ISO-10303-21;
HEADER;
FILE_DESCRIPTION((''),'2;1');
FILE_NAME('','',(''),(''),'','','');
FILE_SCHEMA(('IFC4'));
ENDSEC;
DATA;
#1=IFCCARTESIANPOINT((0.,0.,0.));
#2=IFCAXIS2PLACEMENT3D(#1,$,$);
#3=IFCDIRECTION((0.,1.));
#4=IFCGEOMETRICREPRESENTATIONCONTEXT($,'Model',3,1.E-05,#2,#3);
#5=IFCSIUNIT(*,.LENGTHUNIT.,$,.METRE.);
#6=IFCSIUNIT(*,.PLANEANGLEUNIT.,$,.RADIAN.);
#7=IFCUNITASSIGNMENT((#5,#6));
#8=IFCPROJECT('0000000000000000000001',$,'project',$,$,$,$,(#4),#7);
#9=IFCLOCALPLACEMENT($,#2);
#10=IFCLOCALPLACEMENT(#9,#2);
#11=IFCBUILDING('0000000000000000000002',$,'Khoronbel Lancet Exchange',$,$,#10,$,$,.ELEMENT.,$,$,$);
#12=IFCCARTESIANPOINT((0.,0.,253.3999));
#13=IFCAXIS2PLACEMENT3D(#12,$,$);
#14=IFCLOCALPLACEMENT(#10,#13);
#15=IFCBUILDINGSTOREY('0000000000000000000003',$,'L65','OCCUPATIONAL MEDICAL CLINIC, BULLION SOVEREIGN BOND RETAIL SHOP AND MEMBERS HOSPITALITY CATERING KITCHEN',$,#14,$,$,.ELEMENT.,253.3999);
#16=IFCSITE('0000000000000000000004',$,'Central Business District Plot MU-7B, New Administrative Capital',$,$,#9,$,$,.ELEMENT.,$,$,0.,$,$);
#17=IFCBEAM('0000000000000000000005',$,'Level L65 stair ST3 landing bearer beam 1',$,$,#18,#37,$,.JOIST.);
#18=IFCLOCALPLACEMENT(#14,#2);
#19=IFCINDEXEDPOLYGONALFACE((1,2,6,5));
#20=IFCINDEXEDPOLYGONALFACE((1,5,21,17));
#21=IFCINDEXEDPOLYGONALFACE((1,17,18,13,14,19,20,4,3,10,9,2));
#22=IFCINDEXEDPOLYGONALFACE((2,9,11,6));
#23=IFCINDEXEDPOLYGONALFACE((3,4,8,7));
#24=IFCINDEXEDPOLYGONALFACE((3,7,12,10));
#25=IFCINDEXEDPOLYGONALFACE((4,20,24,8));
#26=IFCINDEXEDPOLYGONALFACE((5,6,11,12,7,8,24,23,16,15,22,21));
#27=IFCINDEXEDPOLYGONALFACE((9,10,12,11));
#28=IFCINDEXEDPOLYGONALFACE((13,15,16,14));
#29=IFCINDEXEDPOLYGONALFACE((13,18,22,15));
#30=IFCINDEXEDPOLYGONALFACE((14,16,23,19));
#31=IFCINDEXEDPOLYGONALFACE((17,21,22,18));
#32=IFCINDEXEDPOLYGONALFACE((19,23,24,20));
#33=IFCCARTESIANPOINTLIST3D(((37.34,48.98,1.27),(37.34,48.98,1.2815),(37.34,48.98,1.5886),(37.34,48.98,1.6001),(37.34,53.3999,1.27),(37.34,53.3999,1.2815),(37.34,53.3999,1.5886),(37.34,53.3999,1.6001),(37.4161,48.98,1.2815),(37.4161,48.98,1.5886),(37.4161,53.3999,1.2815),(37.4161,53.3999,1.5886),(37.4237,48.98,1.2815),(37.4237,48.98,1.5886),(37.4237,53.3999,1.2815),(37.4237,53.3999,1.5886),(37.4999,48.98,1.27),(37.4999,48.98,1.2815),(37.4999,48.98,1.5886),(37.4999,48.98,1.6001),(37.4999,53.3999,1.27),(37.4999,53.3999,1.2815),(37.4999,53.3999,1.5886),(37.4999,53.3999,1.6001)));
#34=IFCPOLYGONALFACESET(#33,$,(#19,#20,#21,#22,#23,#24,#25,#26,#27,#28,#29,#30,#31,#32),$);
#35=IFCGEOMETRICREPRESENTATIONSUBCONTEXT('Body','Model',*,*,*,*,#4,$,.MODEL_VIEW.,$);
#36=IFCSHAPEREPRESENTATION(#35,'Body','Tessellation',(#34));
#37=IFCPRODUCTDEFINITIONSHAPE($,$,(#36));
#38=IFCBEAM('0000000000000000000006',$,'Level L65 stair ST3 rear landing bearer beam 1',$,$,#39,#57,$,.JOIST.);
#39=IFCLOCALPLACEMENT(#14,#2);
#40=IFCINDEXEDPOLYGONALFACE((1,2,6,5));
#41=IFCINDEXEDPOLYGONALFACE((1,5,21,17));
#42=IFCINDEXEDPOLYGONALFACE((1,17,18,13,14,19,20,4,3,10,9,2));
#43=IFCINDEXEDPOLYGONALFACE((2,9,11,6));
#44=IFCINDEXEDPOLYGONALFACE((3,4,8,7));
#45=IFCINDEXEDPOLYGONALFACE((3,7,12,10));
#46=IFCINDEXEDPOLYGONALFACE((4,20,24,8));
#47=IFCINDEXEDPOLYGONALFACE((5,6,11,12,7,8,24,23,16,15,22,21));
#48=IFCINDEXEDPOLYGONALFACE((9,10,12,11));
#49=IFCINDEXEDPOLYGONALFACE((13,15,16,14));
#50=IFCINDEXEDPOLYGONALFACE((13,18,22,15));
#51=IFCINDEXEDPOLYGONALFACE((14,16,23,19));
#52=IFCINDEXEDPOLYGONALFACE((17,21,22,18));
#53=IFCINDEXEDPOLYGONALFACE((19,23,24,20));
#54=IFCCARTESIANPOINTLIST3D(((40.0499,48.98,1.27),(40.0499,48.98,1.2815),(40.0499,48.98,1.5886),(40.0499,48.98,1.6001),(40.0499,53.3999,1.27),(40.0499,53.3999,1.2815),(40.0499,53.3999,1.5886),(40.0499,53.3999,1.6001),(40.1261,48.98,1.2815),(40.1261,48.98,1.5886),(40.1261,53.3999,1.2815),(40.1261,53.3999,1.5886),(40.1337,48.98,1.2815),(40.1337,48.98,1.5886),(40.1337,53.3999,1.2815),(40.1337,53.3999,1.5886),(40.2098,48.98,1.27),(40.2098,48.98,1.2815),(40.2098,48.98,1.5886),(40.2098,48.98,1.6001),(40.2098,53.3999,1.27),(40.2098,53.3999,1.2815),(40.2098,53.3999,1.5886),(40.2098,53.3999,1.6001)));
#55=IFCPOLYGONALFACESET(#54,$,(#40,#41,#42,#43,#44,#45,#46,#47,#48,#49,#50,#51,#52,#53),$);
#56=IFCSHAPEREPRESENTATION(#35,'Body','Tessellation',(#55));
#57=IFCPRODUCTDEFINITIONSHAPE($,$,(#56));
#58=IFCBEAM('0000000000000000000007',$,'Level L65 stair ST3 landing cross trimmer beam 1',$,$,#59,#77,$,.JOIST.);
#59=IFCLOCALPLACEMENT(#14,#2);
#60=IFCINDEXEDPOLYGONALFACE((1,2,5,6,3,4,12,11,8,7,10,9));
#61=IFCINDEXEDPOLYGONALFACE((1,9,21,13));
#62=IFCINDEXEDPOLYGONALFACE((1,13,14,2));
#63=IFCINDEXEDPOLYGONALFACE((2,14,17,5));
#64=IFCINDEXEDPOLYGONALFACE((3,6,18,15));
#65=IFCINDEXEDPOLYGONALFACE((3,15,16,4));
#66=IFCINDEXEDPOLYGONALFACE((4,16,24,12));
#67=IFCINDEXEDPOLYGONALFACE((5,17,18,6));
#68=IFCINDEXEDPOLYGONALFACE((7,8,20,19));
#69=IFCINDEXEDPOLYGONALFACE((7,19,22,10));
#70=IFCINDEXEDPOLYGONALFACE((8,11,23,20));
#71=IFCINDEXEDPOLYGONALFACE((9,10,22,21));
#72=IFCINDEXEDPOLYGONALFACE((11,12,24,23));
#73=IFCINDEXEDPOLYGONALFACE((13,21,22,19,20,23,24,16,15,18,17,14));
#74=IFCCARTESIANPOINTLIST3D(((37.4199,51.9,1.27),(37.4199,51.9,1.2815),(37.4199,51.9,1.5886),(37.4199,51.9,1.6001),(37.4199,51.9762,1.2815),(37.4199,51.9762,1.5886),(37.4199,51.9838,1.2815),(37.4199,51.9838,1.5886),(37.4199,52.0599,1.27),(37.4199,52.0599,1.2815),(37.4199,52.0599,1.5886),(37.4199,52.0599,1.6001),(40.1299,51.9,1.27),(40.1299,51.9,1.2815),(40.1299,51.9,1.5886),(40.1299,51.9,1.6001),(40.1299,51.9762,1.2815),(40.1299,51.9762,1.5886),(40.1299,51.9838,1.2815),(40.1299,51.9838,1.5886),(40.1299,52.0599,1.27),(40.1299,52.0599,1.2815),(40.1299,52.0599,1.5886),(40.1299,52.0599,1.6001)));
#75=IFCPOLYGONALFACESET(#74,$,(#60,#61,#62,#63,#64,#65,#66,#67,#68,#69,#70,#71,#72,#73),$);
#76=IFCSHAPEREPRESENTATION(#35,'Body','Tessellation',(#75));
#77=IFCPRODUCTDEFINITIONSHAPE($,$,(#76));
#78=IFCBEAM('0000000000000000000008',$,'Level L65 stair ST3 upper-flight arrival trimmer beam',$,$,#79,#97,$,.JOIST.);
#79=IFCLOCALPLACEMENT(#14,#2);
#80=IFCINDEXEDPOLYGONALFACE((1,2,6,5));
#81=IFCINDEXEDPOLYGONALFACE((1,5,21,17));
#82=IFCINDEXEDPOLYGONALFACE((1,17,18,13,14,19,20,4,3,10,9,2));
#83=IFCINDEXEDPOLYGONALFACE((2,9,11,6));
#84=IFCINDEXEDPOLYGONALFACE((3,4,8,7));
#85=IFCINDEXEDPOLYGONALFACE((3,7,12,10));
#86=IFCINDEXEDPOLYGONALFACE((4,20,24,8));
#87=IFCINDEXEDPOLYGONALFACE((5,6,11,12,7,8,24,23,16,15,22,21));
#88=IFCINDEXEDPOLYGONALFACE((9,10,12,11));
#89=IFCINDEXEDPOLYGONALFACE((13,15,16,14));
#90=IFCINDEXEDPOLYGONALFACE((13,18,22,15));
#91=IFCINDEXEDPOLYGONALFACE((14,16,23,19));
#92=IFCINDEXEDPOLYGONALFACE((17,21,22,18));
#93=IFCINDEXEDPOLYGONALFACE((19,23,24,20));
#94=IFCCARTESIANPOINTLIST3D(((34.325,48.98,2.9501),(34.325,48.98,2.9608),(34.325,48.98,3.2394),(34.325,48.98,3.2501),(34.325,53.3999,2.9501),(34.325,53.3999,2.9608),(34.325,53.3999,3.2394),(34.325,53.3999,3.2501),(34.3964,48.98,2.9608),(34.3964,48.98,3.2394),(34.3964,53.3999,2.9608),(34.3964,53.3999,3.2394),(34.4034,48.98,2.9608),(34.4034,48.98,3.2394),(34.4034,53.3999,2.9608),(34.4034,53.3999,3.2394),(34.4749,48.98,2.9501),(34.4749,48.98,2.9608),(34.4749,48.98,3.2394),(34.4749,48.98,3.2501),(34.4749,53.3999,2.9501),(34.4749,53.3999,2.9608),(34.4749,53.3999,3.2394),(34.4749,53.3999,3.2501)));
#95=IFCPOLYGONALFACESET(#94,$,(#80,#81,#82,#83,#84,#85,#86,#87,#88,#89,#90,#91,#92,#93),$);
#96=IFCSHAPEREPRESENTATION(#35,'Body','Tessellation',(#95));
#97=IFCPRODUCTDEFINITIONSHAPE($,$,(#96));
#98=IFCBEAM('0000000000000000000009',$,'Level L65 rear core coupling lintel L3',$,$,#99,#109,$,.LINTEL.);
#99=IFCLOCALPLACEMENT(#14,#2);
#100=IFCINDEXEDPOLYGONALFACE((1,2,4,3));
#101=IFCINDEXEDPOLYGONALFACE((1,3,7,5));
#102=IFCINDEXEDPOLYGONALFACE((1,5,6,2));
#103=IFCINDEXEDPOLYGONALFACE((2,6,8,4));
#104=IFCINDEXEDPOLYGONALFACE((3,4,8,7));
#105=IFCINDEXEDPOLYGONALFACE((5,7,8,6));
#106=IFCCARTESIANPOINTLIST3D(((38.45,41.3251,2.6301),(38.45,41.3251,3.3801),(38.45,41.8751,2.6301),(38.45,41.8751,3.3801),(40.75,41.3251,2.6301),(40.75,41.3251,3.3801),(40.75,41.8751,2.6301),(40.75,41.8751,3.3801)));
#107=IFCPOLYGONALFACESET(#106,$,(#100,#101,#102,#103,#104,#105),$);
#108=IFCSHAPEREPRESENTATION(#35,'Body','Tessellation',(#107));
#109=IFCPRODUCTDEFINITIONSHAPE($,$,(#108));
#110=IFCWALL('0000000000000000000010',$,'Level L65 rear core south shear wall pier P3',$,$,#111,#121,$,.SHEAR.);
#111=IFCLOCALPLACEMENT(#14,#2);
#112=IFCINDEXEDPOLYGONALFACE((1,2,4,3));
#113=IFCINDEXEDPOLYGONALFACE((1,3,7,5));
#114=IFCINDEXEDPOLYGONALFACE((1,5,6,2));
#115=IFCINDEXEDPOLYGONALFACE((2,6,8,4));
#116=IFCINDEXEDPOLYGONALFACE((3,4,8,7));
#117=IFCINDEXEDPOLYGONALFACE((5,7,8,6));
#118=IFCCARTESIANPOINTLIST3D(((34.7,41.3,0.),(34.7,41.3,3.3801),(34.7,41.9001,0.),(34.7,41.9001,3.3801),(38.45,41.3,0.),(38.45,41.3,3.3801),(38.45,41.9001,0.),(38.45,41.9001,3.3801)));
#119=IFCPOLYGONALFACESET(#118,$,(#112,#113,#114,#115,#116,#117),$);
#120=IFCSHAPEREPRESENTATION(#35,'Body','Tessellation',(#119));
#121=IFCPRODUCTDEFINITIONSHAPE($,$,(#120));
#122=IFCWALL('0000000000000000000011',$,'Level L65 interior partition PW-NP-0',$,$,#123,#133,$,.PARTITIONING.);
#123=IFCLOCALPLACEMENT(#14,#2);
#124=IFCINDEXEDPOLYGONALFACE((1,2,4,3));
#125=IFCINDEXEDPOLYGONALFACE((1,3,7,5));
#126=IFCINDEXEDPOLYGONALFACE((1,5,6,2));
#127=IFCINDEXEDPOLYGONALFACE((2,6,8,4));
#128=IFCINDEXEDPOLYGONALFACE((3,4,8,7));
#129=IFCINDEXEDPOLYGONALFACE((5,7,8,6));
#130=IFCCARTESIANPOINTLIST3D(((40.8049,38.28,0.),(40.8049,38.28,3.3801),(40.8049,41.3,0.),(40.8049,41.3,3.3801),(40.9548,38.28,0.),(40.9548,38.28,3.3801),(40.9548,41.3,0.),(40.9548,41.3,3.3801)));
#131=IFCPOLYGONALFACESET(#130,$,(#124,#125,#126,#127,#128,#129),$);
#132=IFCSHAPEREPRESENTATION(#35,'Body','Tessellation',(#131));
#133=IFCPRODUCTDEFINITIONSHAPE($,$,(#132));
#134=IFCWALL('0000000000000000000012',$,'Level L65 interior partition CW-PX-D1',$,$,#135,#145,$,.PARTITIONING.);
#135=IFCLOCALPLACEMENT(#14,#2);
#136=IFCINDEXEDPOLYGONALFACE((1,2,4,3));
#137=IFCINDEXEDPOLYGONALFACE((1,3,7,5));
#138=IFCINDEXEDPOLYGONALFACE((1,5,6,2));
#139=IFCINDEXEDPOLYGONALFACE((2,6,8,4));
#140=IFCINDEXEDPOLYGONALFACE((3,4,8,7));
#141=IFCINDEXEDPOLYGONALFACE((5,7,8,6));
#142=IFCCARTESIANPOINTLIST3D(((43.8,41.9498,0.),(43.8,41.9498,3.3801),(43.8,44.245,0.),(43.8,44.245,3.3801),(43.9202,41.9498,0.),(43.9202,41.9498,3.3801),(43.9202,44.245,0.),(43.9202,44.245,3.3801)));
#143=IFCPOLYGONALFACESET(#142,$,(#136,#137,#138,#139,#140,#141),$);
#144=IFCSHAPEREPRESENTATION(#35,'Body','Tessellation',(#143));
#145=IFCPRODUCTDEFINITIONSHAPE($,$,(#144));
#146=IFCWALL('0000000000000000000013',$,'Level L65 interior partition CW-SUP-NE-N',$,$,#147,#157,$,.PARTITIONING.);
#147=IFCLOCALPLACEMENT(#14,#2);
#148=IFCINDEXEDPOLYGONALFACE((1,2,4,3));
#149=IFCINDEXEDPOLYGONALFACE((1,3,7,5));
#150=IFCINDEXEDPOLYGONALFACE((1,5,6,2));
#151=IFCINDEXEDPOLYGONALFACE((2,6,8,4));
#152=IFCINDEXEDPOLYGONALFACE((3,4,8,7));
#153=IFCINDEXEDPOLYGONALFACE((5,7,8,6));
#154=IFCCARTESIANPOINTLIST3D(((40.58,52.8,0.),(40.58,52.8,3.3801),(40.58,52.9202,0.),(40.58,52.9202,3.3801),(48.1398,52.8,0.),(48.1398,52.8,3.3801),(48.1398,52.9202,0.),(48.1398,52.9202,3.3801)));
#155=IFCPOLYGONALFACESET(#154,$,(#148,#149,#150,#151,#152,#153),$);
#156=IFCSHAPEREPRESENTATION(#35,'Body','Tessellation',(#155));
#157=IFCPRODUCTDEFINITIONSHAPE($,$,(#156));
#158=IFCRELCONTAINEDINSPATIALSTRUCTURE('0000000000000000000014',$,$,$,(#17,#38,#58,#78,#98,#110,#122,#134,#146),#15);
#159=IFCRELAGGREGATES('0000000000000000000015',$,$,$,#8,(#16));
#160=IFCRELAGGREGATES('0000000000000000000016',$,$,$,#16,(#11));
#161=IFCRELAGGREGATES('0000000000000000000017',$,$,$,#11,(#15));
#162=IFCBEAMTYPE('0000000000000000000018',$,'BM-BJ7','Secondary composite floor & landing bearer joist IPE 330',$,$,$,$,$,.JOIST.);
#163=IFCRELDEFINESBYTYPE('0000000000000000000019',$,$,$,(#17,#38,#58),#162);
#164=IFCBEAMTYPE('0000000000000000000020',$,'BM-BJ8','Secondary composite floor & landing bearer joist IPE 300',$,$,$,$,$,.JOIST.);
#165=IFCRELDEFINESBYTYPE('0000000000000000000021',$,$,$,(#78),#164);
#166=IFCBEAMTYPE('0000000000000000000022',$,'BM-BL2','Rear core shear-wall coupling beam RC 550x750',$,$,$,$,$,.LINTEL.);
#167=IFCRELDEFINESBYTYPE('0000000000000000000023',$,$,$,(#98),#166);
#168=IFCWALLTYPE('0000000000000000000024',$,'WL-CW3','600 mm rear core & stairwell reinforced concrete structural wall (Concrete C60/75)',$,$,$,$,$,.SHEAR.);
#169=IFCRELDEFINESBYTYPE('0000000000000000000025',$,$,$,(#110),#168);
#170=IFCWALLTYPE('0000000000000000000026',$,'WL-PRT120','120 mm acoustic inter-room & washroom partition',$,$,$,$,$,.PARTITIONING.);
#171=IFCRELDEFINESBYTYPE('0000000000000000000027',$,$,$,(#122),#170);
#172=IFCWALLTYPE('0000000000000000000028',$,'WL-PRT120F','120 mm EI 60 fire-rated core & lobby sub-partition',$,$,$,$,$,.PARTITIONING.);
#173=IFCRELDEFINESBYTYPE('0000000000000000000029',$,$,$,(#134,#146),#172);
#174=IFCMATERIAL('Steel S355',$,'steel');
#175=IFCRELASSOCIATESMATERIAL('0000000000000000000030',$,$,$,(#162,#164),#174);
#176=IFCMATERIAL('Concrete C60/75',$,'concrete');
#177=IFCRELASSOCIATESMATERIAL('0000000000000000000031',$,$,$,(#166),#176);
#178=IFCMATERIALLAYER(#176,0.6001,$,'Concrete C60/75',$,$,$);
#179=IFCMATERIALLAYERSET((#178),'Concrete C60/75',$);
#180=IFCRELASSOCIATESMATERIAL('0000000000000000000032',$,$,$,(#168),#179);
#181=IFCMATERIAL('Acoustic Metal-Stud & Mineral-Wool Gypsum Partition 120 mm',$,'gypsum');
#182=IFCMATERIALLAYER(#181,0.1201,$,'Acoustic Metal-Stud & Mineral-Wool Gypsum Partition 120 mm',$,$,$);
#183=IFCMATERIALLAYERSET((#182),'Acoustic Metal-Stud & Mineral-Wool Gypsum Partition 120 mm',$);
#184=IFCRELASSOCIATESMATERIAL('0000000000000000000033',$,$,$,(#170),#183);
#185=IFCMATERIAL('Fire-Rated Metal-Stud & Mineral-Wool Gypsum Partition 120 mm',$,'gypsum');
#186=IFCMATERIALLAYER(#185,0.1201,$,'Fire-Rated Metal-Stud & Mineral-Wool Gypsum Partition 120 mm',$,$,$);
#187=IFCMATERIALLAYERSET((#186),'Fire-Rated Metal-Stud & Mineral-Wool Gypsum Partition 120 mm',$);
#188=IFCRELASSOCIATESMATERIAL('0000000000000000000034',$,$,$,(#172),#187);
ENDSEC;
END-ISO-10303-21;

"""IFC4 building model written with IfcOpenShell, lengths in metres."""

from ifc_helpers import new_model, si_unit, direction, frame, frame_2d, origin, origin_2d, place, context, subcontext, project, spatial, rectangle, i_section, extrude, material, layer, layer_set, material_profile, profile_set, type_object, element, save


model = new_model("IFC4")

# Units and contexts
model_context = context("Model", 3, precision=1e-05, world=origin(), true_north=direction((0.0, 1.0)))
body_context = subcontext(model_context, "Body", "Model", "MODEL_VIEW")
ifc_project = project(units=[si_unit("LENGTHUNIT", "METRE"), si_unit("PLANEANGLEUNIT", "RADIAN")], contexts=[model_context])

# Site, building, storey
site_placement = place(None, origin())
site = spatial("IfcSite", under=ifc_project, at=site_placement, Name="Central Business District Plot MU-7B, New Administrative Capital", CompositionType="ELEMENT", RefElevation=0.0)
building_placement = place(site_placement, origin())
building = spatial("IfcBuilding", under=site, at=building_placement, Name="Khoronbel Lancet Exchange", CompositionType="ELEMENT")
storey_placement = place(building_placement, frame((0.0, 0.0, 253.3999)))
storey = spatial("IfcBuildingStorey", under=building, at=storey_placement, Name="L65", Description="OCCUPATIONAL MEDICAL CLINIC, BULLION SOVEREIGN BOND RETAIL SHOP AND MEMBERS HOSPITALITY CATERING KITCHEN", CompositionType="ELEMENT", Elevation=253.3999)

# Beams
ifc_material_1 = material(Name="Steel S355", Category="steel")
ifc_material_profile_1 = material_profile(ifc_material_1, i_section(OverallWidth=0.1599, OverallDepth=0.3301, WebThickness=0.0076, FlangeThickness=0.0115, at=origin_2d()), Name="IPE 330")
ifc_profile_set_1 = profile_set([ifc_material_profile_1], Name="Steel S355")
beam_type_1 = type_object("IfcBeamType", Name="BM-BJ7", Description="Secondary composite floor & landing bearer joist IPE 330", PredefinedType="JOIST", material=ifc_profile_set_1)
for number, where, z_axis, x_axis, name in (
    (1, (37.4199, 48.98, 1.4351), (0.0, 1.0, 0.0), (-1.0, 0.0, 0.0), "Level L65 stair ST3 landing bearer beam 1"),
    (2, (40.1299, 48.98, 1.4351), (0.0, 1.0, 0.0), (-1.0, 0.0, 0.0), "Level L65 stair ST3 rear landing bearer beam 1"),
):
    element("IfcBeam", number, at=place(storey_placement, frame(where, z_axis=z_axis, x_axis=x_axis)), inside=storey, type_object=beam_type_1, Name=name, PredefinedType="JOIST", context=body_context, shape_type="SweptSolid", body=[
        extrude(i_section(OverallWidth=0.1599, OverallDepth=0.3301, WebThickness=0.0076, FlangeThickness=0.0115, at=origin_2d()), origin(), (0.0, 0.0, 1.0), 4.4199),
    ])
beam_1_placement = place(storey_placement, frame((37.4199, 51.98, 1.4351), z_axis=(1.0, 0.0, 0.0), x_axis=(0.0, 1.0, 0.0)))
element("IfcBeam", 3, at=beam_1_placement, inside=storey, type_object=beam_type_1, Name="Level L65 stair ST3 landing cross trimmer beam 1", PredefinedType="JOIST", context=body_context, shape_type="SweptSolid", body=[
    extrude(i_section(OverallWidth=0.1599, OverallDepth=0.3301, WebThickness=0.0076, FlangeThickness=0.0115, at=origin_2d()), origin(), (0.0, 0.0, 1.0), 2.71),
])
ifc_material_profile_2 = material_profile(ifc_material_1, i_section(OverallWidth=0.1499, OverallDepth=0.3, WebThickness=0.0071, FlangeThickness=0.0107, at=origin_2d()), Name="IPE 300")
ifc_profile_set_2 = profile_set([ifc_material_profile_2], Name="Steel S355")
beam_type_2 = type_object("IfcBeamType", Name="BM-BJ8", Description="Secondary composite floor & landing bearer joist IPE 300", PredefinedType="JOIST", material=ifc_profile_set_2)
beam_2_placement = place(storey_placement, frame((34.3999, 48.98, 3.1001), z_axis=(0.0, 1.0, 0.0), x_axis=(-1.0, 0.0, 0.0)))
element("IfcBeam", 4, at=beam_2_placement, inside=storey, type_object=beam_type_2, Name="Level L65 stair ST3 upper-flight arrival trimmer beam", PredefinedType="JOIST", context=body_context, shape_type="SweptSolid", body=[
    extrude(i_section(OverallWidth=0.1499, OverallDepth=0.3, WebThickness=0.0071, FlangeThickness=0.0107, at=origin_2d()), origin(), (0.0, 0.0, 1.0), 4.4199),
])
ifc_material_2 = material(Name="Concrete C60/75", Category="concrete")
ifc_material_profile_3 = material_profile(ifc_material_2, rectangle(XDim=0.55, YDim=0.75, at=origin_2d()), Name="RC 550x750")
ifc_profile_set_3 = profile_set([ifc_material_profile_3], Name="Concrete C60/75")
beam_type_3 = type_object("IfcBeamType", Name="BM-BL2", Description="Rear core shear-wall coupling beam RC 550x750", PredefinedType="LINTEL", material=ifc_profile_set_3)
beam_3_placement = place(storey_placement, frame((38.45, 41.6001, 3.0051), z_axis=(1.0, 0.0, 0.0), x_axis=(0.0, 1.0, 0.0)))
element("IfcBeam", 5, at=beam_3_placement, inside=storey, type_object=beam_type_3, Name="Level L65 rear core coupling lintel L3", PredefinedType="LINTEL", context=body_context, shape_type="SweptSolid", body=[
    extrude(rectangle(XDim=0.55, YDim=0.75, at=origin_2d()), origin(), (0.0, 0.0, 1.0), 2.3),
])

# Walls
ifc_layer_1 = layer(ifc_material_2, 0.6001, Name="Concrete C60/75")
ifc_layer_set_1 = layer_set([ifc_layer_1], Name="Concrete C60/75")
wall_type_1 = type_object("IfcWallType", Name="WL-CW3", Description="600 mm rear core & stairwell reinforced concrete structural wall (Concrete C60/75)", PredefinedType="SHEAR", material=ifc_layer_set_1)
wall_1_placement = place(storey_placement, frame((38.45, 41.6001, 0.0), z_axis=(0.0, 0.0, 1.0), x_axis=(-1.0, 0.0, 0.0)))
element("IfcWall", 6, at=wall_1_placement, inside=storey, type_object=wall_type_1, Name="Level L65 rear core south shear wall pier P3", PredefinedType="SHEAR", context=body_context, shape_type="SweptSolid", body=[
    extrude(rectangle(XDim=3.75, YDim=0.6001, at=frame_2d((1.875, 0.0))), origin(), (0.0, 0.0, 1.0), 3.3801),
])
ifc_material_3 = material(Name="Acoustic Metal-Stud & Mineral-Wool Gypsum Partition 120 mm", Category="gypsum")
ifc_layer_2 = layer(ifc_material_3, 0.1201, Name="Acoustic Metal-Stud & Mineral-Wool Gypsum Partition 120 mm")
ifc_layer_set_2 = layer_set([ifc_layer_2], Name="Acoustic Metal-Stud & Mineral-Wool Gypsum Partition 120 mm")
wall_type_2 = type_object("IfcWallType", Name="WL-PRT120", Description="120 mm acoustic inter-room & washroom partition", PredefinedType="PARTITIONING", material=ifc_layer_set_2)
wall_2_placement = place(storey_placement, frame((40.8799, 38.28, 0.0), z_axis=(0.0, 0.0, 1.0), x_axis=(0.0, 1.0, 0.0)))
element("IfcWall", 7, at=wall_2_placement, inside=storey, type_object=wall_type_2, Name="Level L65 interior partition PW-NP-0", PredefinedType="PARTITIONING", context=body_context, shape_type="SweptSolid", body=[
    extrude(rectangle(XDim=3.02, YDim=0.1499, at=frame_2d((1.51, 0.0))), origin(), (0.0, 0.0, 1.0), 3.3801),
])
ifc_material_4 = material(Name="Fire-Rated Metal-Stud & Mineral-Wool Gypsum Partition 120 mm", Category="gypsum")
ifc_layer_3 = layer(ifc_material_4, 0.1201, Name="Fire-Rated Metal-Stud & Mineral-Wool Gypsum Partition 120 mm")
ifc_layer_set_3 = layer_set([ifc_layer_3], Name="Fire-Rated Metal-Stud & Mineral-Wool Gypsum Partition 120 mm")
wall_type_3 = type_object("IfcWallType", Name="WL-PRT120F", Description="120 mm EI 60 fire-rated core & lobby sub-partition", PredefinedType="PARTITIONING", material=ifc_layer_set_3)
wall_3_placement = place(storey_placement, frame((43.8601, 41.95, 0.0), z_axis=(0.0, 0.0, 1.0), x_axis=(0.0, 1.0, 0.0)))
element("IfcWall", 8, at=wall_3_placement, inside=storey, type_object=wall_type_3, Name="Level L65 interior partition CW-PX-D1", PredefinedType="PARTITIONING", context=body_context, shape_type="SweptSolid", body=[
    extrude(rectangle(XDim=2.2952, YDim=0.1201, at=frame_2d((1.1475, 0.0))), origin(), (0.0, 0.0, 1.0), 3.3801),
])
wall_4_placement = place(storey_placement, frame((40.5801, 52.8601, 0.0), z_axis=(0.0, 0.0, 1.0), x_axis=(1.0, 0.0, 0.0)))
element("IfcWall", 9, at=wall_4_placement, inside=storey, type_object=wall_type_3, Name="Level L65 interior partition CW-SUP-NE-N", PredefinedType="PARTITIONING", context=body_context, shape_type="SweptSolid", body=[
    extrude(rectangle(XDim=7.5598, YDim=0.1201, at=frame_2d((3.7798, 0.0))), origin(), (0.0, 0.0, 1.0), 3.3801),
])

save(model, "model.ifc")
